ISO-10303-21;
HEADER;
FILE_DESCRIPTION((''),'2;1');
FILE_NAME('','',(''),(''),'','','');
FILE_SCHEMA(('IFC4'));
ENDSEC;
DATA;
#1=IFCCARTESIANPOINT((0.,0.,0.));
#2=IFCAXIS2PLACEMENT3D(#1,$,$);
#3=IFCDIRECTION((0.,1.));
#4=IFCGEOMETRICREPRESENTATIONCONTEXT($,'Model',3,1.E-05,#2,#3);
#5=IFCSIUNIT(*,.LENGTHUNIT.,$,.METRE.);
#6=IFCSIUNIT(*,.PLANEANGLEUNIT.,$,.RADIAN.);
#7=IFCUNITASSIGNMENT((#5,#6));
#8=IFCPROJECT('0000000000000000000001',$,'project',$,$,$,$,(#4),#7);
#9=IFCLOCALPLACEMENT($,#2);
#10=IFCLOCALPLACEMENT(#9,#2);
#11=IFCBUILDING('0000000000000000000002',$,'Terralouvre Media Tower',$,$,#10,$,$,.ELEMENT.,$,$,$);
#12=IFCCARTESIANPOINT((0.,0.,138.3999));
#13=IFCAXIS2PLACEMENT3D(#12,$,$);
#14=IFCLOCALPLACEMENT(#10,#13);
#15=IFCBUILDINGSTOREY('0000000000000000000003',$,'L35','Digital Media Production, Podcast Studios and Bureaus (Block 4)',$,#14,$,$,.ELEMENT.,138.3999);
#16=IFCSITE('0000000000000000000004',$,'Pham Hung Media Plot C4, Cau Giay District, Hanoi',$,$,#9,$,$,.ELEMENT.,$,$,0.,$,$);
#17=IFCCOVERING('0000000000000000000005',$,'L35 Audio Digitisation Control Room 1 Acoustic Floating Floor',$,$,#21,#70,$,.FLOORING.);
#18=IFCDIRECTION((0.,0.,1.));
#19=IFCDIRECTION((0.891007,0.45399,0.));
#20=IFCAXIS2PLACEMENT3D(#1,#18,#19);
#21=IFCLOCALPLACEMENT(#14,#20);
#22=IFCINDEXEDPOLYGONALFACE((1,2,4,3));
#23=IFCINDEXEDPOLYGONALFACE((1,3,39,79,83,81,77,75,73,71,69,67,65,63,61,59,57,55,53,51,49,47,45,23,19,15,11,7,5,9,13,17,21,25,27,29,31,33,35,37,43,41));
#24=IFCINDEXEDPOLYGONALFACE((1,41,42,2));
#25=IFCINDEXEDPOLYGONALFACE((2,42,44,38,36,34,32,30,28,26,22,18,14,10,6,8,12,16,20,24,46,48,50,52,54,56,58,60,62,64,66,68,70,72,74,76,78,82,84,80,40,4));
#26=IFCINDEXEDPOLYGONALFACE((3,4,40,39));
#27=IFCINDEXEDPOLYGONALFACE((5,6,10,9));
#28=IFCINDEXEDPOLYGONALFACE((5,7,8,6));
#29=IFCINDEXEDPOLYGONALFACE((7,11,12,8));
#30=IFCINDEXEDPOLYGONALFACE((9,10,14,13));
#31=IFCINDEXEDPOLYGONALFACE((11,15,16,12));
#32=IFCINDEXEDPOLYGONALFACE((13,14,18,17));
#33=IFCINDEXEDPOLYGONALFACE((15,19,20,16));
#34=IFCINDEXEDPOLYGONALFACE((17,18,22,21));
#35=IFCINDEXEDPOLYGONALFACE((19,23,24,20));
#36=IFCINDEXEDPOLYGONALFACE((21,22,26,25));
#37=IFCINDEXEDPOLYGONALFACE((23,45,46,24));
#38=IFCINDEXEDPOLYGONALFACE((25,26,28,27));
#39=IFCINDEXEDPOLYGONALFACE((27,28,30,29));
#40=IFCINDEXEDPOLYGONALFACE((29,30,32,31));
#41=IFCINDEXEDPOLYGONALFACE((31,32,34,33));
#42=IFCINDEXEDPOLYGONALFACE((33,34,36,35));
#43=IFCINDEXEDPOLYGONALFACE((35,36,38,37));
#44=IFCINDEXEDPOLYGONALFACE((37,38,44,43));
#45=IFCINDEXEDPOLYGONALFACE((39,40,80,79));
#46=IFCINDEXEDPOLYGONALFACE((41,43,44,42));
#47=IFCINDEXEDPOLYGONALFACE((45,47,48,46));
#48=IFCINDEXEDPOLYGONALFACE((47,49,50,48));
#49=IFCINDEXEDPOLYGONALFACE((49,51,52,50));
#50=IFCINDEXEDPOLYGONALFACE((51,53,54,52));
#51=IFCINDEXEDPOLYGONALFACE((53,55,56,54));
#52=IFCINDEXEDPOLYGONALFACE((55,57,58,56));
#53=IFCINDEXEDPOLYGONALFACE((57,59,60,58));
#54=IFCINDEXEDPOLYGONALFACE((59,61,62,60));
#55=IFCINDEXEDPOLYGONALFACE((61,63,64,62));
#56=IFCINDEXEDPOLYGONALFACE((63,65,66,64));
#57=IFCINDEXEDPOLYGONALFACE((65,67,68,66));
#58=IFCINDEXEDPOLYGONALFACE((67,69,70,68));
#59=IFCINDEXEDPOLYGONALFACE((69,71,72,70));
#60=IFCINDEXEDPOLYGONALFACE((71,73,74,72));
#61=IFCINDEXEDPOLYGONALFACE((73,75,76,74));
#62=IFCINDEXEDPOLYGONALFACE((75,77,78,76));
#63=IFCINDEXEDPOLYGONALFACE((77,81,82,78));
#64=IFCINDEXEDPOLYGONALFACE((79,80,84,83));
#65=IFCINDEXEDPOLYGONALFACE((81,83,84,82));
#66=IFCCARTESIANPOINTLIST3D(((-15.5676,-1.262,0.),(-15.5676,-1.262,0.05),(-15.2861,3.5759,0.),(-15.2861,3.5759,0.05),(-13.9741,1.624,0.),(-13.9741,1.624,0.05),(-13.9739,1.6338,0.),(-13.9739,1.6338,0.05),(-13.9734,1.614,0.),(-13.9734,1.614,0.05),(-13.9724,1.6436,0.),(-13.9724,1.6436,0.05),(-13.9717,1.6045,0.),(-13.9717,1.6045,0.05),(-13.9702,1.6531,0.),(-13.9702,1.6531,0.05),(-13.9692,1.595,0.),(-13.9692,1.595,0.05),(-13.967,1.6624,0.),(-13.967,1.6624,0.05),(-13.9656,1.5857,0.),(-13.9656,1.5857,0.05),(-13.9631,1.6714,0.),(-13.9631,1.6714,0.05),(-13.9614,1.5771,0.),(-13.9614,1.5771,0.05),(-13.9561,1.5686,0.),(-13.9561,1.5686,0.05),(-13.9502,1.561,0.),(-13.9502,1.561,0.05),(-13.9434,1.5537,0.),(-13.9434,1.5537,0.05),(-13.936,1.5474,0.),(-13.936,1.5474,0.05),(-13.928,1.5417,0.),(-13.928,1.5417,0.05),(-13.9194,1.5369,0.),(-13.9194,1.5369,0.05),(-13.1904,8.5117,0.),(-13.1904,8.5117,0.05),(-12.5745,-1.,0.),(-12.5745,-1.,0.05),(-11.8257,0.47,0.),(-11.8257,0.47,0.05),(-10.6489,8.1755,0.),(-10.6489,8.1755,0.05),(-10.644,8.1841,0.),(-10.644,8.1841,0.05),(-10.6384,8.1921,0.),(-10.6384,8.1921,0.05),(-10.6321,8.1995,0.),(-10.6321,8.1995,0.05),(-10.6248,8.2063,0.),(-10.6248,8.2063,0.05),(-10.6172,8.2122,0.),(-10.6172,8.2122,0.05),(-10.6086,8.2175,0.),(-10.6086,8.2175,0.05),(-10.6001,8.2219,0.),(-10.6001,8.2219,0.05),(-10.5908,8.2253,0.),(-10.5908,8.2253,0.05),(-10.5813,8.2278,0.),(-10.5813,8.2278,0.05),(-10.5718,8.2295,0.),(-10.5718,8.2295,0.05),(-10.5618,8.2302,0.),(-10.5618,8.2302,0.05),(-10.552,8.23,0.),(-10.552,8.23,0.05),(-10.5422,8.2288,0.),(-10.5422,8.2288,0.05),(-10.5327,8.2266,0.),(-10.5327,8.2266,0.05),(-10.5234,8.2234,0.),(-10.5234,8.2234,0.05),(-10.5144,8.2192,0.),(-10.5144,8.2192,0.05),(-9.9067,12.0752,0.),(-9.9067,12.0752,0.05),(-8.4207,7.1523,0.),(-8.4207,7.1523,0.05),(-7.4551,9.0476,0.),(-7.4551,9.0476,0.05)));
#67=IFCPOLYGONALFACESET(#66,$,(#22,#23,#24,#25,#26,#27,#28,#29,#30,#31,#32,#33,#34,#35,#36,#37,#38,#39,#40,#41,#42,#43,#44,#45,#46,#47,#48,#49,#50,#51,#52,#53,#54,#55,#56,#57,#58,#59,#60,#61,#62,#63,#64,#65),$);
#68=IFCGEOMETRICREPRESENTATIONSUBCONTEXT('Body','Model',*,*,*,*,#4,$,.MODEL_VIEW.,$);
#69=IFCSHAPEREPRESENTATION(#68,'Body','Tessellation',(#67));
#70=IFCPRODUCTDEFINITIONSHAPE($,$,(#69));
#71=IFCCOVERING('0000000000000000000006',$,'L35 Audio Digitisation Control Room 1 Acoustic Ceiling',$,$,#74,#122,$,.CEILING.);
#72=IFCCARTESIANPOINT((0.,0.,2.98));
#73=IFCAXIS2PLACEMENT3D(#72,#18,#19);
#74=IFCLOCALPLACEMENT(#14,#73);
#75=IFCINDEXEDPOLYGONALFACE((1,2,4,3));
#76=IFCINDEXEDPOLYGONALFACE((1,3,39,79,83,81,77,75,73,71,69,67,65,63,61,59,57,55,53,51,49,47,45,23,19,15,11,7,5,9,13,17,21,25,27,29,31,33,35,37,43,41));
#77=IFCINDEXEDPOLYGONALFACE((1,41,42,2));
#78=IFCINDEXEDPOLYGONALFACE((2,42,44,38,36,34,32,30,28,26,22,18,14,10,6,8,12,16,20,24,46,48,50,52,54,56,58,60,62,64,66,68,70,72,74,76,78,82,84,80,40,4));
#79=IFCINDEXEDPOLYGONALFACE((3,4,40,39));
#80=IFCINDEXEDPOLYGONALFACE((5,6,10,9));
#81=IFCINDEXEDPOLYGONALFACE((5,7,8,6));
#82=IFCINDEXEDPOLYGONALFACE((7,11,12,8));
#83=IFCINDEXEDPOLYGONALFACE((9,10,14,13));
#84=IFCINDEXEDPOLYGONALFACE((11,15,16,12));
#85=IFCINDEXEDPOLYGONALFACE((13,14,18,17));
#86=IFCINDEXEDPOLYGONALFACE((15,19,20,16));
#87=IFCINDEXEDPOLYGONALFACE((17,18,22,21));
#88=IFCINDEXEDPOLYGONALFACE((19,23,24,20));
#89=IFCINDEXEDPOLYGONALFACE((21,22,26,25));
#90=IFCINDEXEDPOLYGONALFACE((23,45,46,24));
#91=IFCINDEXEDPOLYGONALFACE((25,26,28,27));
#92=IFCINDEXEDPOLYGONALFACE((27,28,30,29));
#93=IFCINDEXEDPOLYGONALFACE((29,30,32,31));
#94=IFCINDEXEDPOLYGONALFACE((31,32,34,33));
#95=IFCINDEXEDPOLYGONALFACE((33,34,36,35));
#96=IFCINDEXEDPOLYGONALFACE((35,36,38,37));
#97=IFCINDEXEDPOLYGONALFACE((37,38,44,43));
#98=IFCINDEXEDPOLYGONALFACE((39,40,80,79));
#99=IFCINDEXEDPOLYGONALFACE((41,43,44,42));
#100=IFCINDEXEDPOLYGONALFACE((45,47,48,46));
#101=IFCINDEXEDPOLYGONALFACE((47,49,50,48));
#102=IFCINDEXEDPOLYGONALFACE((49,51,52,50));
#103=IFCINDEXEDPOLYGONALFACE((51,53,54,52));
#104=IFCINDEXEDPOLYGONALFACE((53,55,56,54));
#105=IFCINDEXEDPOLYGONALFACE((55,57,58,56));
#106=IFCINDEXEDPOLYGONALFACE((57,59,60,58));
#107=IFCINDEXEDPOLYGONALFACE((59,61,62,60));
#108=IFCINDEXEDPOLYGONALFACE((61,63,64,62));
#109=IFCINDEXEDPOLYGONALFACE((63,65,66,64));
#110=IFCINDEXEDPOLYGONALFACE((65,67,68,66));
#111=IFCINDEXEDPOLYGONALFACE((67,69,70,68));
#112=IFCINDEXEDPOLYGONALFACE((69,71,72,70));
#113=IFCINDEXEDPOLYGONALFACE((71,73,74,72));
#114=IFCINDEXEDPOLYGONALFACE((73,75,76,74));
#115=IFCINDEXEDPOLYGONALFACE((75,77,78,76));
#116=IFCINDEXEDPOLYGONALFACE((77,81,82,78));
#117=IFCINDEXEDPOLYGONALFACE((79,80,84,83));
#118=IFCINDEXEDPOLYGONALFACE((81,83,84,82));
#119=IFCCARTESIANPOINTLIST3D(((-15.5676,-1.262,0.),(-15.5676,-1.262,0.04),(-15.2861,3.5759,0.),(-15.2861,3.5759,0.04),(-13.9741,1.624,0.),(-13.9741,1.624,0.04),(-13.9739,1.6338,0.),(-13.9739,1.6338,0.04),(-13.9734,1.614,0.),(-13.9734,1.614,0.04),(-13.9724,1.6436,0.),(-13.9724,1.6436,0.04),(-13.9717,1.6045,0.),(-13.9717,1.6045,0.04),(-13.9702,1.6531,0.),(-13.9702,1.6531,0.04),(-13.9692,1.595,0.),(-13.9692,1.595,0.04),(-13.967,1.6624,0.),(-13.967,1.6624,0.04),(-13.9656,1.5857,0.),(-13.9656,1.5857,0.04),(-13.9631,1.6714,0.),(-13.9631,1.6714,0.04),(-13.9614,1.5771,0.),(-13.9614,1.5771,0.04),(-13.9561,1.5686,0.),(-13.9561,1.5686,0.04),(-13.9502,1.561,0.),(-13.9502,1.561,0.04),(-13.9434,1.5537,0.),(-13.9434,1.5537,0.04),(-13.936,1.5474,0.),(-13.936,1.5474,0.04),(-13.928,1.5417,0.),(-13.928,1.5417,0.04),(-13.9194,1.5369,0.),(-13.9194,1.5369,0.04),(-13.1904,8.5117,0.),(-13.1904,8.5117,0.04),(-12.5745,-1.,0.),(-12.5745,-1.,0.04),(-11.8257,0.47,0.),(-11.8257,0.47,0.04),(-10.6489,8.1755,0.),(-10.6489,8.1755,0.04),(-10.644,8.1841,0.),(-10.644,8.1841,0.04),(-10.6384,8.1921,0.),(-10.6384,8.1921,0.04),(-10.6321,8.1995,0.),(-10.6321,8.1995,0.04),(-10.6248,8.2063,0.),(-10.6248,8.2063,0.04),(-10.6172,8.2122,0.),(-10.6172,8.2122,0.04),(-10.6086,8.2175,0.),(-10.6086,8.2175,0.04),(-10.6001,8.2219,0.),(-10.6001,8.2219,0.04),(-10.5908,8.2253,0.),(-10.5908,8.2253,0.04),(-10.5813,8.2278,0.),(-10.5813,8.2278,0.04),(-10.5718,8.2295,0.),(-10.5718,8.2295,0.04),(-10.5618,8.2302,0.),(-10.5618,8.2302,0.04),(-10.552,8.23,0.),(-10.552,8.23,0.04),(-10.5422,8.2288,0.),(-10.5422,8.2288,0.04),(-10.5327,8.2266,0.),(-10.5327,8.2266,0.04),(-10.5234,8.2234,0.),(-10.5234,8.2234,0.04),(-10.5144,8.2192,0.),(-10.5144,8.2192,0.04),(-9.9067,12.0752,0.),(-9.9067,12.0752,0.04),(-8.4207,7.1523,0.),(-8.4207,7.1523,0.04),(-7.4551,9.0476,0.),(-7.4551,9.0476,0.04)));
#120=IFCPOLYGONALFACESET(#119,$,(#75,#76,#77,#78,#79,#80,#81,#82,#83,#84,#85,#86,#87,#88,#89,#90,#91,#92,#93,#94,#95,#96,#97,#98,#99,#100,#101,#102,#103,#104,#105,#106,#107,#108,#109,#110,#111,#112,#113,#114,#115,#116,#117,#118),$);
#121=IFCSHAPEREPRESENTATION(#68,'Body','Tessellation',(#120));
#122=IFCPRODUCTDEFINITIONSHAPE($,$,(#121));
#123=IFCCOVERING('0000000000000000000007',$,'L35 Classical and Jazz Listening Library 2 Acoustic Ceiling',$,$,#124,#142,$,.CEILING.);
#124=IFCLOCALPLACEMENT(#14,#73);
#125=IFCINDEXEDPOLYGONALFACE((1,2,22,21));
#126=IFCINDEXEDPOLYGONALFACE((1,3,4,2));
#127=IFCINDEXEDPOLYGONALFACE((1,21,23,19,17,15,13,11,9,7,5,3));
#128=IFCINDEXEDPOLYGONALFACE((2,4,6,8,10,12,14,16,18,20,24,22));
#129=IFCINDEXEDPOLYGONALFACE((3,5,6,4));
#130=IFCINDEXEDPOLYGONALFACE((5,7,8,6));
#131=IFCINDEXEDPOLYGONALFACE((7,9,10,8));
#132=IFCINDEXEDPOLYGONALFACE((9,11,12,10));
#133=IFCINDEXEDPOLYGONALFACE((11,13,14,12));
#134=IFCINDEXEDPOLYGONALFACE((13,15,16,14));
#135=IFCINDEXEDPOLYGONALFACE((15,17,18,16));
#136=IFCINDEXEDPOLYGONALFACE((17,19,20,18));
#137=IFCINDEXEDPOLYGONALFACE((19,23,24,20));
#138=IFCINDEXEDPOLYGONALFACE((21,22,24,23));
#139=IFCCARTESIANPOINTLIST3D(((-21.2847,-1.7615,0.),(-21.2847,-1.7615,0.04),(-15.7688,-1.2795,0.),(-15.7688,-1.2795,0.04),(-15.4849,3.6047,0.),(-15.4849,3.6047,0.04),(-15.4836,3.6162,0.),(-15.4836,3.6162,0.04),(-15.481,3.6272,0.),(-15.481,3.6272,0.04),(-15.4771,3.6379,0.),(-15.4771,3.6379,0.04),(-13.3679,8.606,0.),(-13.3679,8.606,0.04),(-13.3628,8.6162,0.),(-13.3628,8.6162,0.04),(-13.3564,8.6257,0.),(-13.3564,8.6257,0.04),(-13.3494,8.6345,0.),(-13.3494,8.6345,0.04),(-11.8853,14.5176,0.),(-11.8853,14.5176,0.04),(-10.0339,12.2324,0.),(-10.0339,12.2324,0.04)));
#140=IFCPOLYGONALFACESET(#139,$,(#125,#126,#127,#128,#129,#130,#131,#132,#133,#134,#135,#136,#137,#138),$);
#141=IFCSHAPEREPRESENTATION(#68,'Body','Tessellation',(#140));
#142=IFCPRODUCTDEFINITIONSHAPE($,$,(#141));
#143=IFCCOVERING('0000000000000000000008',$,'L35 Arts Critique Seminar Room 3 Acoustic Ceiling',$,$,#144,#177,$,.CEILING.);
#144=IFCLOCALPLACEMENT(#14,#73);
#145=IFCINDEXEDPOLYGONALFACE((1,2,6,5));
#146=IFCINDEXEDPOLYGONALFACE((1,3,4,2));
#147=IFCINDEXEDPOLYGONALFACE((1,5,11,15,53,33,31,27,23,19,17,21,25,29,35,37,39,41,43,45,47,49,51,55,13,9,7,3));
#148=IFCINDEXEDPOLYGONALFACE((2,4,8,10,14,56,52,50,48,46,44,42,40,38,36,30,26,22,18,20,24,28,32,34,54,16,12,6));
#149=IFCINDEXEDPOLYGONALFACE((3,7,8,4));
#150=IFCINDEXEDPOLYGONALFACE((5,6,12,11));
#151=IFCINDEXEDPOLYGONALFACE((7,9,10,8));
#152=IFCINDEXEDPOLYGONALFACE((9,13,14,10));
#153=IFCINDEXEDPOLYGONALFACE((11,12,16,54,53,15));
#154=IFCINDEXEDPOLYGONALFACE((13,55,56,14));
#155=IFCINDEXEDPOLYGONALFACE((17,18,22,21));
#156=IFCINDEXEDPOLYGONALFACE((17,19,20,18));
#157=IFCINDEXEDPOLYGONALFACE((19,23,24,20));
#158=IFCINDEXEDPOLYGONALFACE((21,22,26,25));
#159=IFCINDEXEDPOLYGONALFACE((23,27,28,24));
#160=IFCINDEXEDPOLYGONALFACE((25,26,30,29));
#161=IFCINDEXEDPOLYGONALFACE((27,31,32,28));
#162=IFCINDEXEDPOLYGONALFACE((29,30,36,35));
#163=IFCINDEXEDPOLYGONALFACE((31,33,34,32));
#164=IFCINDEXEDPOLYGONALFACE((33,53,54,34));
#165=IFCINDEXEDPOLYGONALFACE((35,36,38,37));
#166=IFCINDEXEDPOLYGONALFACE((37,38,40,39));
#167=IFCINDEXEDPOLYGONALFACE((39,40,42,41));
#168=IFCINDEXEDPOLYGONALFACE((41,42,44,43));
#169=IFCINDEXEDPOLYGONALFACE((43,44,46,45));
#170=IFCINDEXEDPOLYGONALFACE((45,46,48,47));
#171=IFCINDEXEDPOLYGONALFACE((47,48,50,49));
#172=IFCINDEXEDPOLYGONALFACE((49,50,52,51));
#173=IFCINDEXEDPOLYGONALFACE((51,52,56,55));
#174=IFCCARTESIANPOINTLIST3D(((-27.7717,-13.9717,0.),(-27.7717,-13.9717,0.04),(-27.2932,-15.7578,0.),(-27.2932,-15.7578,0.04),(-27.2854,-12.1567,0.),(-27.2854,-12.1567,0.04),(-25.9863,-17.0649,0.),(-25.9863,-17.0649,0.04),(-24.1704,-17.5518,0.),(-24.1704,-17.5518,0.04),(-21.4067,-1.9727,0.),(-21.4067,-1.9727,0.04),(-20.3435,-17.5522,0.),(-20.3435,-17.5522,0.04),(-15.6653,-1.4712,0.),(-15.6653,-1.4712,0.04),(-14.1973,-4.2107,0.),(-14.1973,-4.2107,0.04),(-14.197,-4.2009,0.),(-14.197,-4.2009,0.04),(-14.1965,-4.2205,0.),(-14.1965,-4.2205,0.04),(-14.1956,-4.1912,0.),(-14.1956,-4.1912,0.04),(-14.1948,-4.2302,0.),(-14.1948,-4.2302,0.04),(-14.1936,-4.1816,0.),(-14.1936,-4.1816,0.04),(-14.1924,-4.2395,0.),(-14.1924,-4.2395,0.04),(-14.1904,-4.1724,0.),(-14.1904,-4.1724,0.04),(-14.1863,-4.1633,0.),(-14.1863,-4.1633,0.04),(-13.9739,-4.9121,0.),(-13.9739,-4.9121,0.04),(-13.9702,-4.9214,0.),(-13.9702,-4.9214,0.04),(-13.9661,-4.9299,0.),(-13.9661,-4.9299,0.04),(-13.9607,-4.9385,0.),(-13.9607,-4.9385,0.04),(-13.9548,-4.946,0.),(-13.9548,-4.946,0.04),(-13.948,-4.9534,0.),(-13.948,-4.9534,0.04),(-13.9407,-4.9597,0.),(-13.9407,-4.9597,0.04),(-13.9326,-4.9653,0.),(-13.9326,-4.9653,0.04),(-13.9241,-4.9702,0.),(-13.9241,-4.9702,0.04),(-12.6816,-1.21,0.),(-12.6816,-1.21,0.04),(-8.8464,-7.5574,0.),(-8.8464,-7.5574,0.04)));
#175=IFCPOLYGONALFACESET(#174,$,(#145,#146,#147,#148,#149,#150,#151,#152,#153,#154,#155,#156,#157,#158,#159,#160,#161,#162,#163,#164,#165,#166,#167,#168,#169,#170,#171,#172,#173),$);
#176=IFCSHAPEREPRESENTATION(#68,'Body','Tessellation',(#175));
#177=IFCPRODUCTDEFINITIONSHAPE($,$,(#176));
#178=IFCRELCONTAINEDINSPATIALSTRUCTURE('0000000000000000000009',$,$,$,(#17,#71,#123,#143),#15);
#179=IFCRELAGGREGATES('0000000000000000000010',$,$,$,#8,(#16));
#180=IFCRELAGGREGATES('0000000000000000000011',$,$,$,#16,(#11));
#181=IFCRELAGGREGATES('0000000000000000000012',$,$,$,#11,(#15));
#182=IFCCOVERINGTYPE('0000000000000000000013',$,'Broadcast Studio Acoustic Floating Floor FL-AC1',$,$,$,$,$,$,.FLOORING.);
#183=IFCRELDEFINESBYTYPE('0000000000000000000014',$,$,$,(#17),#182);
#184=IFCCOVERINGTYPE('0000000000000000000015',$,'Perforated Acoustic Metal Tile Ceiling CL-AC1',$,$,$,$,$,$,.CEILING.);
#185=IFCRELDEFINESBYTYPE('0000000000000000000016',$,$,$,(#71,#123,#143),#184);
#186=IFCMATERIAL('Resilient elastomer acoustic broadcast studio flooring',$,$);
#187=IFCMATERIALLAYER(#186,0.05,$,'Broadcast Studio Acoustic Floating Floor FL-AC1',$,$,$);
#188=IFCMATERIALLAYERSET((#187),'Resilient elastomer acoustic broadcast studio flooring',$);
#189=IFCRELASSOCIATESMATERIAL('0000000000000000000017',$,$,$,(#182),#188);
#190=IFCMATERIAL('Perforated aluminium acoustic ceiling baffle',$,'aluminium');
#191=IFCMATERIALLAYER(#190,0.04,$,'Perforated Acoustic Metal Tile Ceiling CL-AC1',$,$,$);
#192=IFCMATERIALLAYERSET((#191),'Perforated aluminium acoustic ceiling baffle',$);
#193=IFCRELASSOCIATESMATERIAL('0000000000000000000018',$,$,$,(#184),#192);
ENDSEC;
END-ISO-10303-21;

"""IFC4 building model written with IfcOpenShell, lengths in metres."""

from ifc_helpers import new_model, si_unit, direction, frame, origin, place, context, subcontext, project, spatial, polyline, outline, extrude, material, layer, layer_set, type_object, element, save


model = new_model("IFC4")

# Units and contexts
model_context = context("Model", 3, precision=1e-05, world=origin(), true_north=direction((0.0, 1.0)))
body_context = subcontext(model_context, "Body", "Model", "MODEL_VIEW")
ifc_project = project(units=[si_unit("LENGTHUNIT", "METRE"), si_unit("PLANEANGLEUNIT", "RADIAN")], contexts=[model_context])

# Site, building, storey
site_placement = place(None, origin())
site = spatial("IfcSite", under=ifc_project, at=site_placement, Name="Pham Hung Media Plot C4, Cau Giay District, Hanoi", CompositionType="ELEMENT", RefElevation=0.0)
building_placement = place(site_placement, origin())
building = spatial("IfcBuilding", under=site, at=building_placement, Name="Terralouvre Media Tower", CompositionType="ELEMENT")
storey_placement = place(building_placement, frame((0.0, 0.0, 138.3999)))
storey = spatial("IfcBuildingStorey", under=building, at=storey_placement, Name="L35", Description="Digital Media Production, Podcast Studios and Bureaus (Block 4)", CompositionType="ELEMENT", Elevation=138.3999)

# Coverings
ifc_material_1 = material(Name="Resilient elastomer acoustic broadcast studio flooring")
ifc_layer_1 = layer(ifc_material_1, 0.05, Name="Broadcast Studio Acoustic Floating Floor FL-AC1")
ifc_layer_set_1 = layer_set([ifc_layer_1], Name="Resilient elastomer acoustic broadcast studio flooring")
covering_type_1 = type_object("IfcCoveringType", Name="Broadcast Studio Acoustic Floating Floor FL-AC1", PredefinedType="FLOORING", material=ifc_layer_set_1)
covering_1_placement = place(storey_placement, frame((0.0, 0.0, 0.0), z_axis=(0.0, 0.0, 1.0), x_axis=(0.891007, 0.45399, 0.0)))
element("IfcCovering", 1, at=covering_1_placement, inside=storey, type_object=covering_type_1, Name="L35 Audio Digitisation Control Room 1 Acoustic Floating Floor", PredefinedType="FLOORING", context=body_context, shape_type="SweptSolid", body=[
    extrude(outline(polyline([(-13.1904, 8.5117), (-15.2861, 3.5759), (-15.5676, -1.262), (-12.5745, -1.0), (-11.8257, 0.47), (-13.9194, 1.5369), (-13.928, 1.5417), (-13.936, 1.5474), (-13.9434, 1.5537), (-13.9502, 1.561), (-13.9561, 1.5686), (-13.9614, 1.5771), (-13.9656, 1.5857), (-13.9692, 1.595), (-13.9717, 1.6045), (-13.9734, 1.614), (-13.9741, 1.624), (-13.9739, 1.6338), (-13.9724, 1.6436), (-13.9702, 1.6531), (-13.967, 1.6624), (-13.9631, 1.6714), (-10.6489, 8.1755), (-10.644, 8.1841), (-10.6384, 8.1921), (-10.6321, 8.1995), (-10.6248, 8.2063), (-10.6172, 8.2122), (-10.6086, 8.2175), (-10.6001, 8.2219), (-10.5908, 8.2253), (-10.5813, 8.2278), (-10.5718, 8.2295), (-10.5618, 8.2302), (-10.552, 8.23), (-10.5422, 8.2288), (-10.5327, 8.2266), (-10.5234, 8.2234), (-10.5144, 8.2192), (-8.4207, 7.1523), (-7.4551, 9.0476), (-9.9067, 12.0752), (-13.1904, 8.5117)])), origin(), (0.0, 0.0, 1.0), 0.05),
])
ifc_material_2 = material(Name="Perforated aluminium acoustic ceiling baffle", Category="aluminium")
ifc_layer_2 = layer(ifc_material_2, 0.04, Name="Perforated Acoustic Metal Tile Ceiling CL-AC1")
ifc_layer_set_2 = layer_set([ifc_layer_2], Name="Perforated aluminium acoustic ceiling baffle")
covering_type_2 = type_object("IfcCoveringType", Name="Perforated Acoustic Metal Tile Ceiling CL-AC1", PredefinedType="CEILING", material=ifc_layer_set_2)
covering_2_placement = place(storey_placement, frame((0.0, 0.0, 2.98), z_axis=(0.0, 0.0, 1.0), x_axis=(0.891007, 0.45399, 0.0)))
element("IfcCovering", 2, at=covering_2_placement, inside=storey, type_object=covering_type_2, Name="L35 Audio Digitisation Control Room 1 Acoustic Ceiling", PredefinedType="CEILING", context=body_context, shape_type="SweptSolid", body=[
    extrude(outline(polyline([(-13.1904, 8.5117), (-15.2861, 3.5759), (-15.5676, -1.262), (-12.5745, -1.0), (-11.8257, 0.47), (-13.9194, 1.5369), (-13.928, 1.5417), (-13.936, 1.5474), (-13.9434, 1.5537), (-13.9502, 1.561), (-13.9561, 1.5686), (-13.9614, 1.5771), (-13.9656, 1.5857), (-13.9692, 1.595), (-13.9717, 1.6045), (-13.9734, 1.614), (-13.9741, 1.624), (-13.9739, 1.6338), (-13.9724, 1.6436), (-13.9702, 1.6531), (-13.967, 1.6624), (-13.9631, 1.6714), (-10.6489, 8.1755), (-10.644, 8.1841), (-10.6384, 8.1921), (-10.6321, 8.1995), (-10.6248, 8.2063), (-10.6172, 8.2122), (-10.6086, 8.2175), (-10.6001, 8.2219), (-10.5908, 8.2253), (-10.5813, 8.2278), (-10.5718, 8.2295), (-10.5618, 8.2302), (-10.552, 8.23), (-10.5422, 8.2288), (-10.5327, 8.2266), (-10.5234, 8.2234), (-10.5144, 8.2192), (-8.4207, 7.1523), (-7.4551, 9.0476), (-9.9067, 12.0752), (-13.1904, 8.5117)])), origin(), (0.0, 0.0, 1.0), 0.04),
])
covering_3_placement = place(storey_placement, frame((0.0, 0.0, 2.98), z_axis=(0.0, 0.0, 1.0), x_axis=(0.891007, 0.45399, 0.0)))
element("IfcCovering", 3, at=covering_3_placement, inside=storey, type_object=covering_type_2, Name="L35 Classical and Jazz Listening Library 2 Acoustic Ceiling", PredefinedType="CEILING", context=body_context, shape_type="SweptSolid", body=[
    extrude(outline(polyline([(-15.4849, 3.6047), (-15.4836, 3.6162), (-15.481, 3.6272), (-15.4771, 3.6379), (-13.3679, 8.606), (-13.3628, 8.6162), (-13.3564, 8.6257), (-13.3494, 8.6345), (-10.0339, 12.2324), (-11.8853, 14.5176), (-21.2847, -1.7615), (-15.7688, -1.2795), (-15.4849, 3.6047)])), origin(), (0.0, 0.0, 1.0), 0.04),
])
covering_4_placement = place(storey_placement, frame((0.0, 0.0, 2.98), z_axis=(0.0, 0.0, 1.0), x_axis=(0.891007, 0.45399, 0.0)))
element("IfcCovering", 4, at=covering_4_placement, inside=storey, type_object=covering_type_2, Name="L35 Arts Critique Seminar Room 3 Acoustic Ceiling", PredefinedType="CEILING", context=body_context, shape_type="SweptSolid", body=[
    extrude(outline(polyline([(-13.9241, -4.9702), (-13.9326, -4.9653), (-13.9407, -4.9597), (-13.948, -4.9534), (-13.9548, -4.946), (-13.9607, -4.9385), (-13.9661, -4.9299), (-13.9702, -4.9214), (-13.9739, -4.9121), (-14.1924, -4.2395), (-14.1948, -4.2302), (-14.1965, -4.2205), (-14.1973, -4.2107), (-14.197, -4.2009), (-14.1956, -4.1912), (-14.1936, -4.1816), (-14.1904, -4.1724), (-14.1863, -4.1633), (-12.6816, -1.21), (-15.6653, -1.4712), (-21.4067, -1.9727), (-27.2854, -12.1567), (-27.7717, -13.9717), (-27.2932, -15.7578), (-25.9863, -17.0649), (-24.1704, -17.5518), (-20.3435, -17.5522), (-8.8464, -7.5574), (-13.9241, -4.9702)])), origin(), (0.0, 0.0, 1.0), 0.04),
])

save(model, "model.ifc")
